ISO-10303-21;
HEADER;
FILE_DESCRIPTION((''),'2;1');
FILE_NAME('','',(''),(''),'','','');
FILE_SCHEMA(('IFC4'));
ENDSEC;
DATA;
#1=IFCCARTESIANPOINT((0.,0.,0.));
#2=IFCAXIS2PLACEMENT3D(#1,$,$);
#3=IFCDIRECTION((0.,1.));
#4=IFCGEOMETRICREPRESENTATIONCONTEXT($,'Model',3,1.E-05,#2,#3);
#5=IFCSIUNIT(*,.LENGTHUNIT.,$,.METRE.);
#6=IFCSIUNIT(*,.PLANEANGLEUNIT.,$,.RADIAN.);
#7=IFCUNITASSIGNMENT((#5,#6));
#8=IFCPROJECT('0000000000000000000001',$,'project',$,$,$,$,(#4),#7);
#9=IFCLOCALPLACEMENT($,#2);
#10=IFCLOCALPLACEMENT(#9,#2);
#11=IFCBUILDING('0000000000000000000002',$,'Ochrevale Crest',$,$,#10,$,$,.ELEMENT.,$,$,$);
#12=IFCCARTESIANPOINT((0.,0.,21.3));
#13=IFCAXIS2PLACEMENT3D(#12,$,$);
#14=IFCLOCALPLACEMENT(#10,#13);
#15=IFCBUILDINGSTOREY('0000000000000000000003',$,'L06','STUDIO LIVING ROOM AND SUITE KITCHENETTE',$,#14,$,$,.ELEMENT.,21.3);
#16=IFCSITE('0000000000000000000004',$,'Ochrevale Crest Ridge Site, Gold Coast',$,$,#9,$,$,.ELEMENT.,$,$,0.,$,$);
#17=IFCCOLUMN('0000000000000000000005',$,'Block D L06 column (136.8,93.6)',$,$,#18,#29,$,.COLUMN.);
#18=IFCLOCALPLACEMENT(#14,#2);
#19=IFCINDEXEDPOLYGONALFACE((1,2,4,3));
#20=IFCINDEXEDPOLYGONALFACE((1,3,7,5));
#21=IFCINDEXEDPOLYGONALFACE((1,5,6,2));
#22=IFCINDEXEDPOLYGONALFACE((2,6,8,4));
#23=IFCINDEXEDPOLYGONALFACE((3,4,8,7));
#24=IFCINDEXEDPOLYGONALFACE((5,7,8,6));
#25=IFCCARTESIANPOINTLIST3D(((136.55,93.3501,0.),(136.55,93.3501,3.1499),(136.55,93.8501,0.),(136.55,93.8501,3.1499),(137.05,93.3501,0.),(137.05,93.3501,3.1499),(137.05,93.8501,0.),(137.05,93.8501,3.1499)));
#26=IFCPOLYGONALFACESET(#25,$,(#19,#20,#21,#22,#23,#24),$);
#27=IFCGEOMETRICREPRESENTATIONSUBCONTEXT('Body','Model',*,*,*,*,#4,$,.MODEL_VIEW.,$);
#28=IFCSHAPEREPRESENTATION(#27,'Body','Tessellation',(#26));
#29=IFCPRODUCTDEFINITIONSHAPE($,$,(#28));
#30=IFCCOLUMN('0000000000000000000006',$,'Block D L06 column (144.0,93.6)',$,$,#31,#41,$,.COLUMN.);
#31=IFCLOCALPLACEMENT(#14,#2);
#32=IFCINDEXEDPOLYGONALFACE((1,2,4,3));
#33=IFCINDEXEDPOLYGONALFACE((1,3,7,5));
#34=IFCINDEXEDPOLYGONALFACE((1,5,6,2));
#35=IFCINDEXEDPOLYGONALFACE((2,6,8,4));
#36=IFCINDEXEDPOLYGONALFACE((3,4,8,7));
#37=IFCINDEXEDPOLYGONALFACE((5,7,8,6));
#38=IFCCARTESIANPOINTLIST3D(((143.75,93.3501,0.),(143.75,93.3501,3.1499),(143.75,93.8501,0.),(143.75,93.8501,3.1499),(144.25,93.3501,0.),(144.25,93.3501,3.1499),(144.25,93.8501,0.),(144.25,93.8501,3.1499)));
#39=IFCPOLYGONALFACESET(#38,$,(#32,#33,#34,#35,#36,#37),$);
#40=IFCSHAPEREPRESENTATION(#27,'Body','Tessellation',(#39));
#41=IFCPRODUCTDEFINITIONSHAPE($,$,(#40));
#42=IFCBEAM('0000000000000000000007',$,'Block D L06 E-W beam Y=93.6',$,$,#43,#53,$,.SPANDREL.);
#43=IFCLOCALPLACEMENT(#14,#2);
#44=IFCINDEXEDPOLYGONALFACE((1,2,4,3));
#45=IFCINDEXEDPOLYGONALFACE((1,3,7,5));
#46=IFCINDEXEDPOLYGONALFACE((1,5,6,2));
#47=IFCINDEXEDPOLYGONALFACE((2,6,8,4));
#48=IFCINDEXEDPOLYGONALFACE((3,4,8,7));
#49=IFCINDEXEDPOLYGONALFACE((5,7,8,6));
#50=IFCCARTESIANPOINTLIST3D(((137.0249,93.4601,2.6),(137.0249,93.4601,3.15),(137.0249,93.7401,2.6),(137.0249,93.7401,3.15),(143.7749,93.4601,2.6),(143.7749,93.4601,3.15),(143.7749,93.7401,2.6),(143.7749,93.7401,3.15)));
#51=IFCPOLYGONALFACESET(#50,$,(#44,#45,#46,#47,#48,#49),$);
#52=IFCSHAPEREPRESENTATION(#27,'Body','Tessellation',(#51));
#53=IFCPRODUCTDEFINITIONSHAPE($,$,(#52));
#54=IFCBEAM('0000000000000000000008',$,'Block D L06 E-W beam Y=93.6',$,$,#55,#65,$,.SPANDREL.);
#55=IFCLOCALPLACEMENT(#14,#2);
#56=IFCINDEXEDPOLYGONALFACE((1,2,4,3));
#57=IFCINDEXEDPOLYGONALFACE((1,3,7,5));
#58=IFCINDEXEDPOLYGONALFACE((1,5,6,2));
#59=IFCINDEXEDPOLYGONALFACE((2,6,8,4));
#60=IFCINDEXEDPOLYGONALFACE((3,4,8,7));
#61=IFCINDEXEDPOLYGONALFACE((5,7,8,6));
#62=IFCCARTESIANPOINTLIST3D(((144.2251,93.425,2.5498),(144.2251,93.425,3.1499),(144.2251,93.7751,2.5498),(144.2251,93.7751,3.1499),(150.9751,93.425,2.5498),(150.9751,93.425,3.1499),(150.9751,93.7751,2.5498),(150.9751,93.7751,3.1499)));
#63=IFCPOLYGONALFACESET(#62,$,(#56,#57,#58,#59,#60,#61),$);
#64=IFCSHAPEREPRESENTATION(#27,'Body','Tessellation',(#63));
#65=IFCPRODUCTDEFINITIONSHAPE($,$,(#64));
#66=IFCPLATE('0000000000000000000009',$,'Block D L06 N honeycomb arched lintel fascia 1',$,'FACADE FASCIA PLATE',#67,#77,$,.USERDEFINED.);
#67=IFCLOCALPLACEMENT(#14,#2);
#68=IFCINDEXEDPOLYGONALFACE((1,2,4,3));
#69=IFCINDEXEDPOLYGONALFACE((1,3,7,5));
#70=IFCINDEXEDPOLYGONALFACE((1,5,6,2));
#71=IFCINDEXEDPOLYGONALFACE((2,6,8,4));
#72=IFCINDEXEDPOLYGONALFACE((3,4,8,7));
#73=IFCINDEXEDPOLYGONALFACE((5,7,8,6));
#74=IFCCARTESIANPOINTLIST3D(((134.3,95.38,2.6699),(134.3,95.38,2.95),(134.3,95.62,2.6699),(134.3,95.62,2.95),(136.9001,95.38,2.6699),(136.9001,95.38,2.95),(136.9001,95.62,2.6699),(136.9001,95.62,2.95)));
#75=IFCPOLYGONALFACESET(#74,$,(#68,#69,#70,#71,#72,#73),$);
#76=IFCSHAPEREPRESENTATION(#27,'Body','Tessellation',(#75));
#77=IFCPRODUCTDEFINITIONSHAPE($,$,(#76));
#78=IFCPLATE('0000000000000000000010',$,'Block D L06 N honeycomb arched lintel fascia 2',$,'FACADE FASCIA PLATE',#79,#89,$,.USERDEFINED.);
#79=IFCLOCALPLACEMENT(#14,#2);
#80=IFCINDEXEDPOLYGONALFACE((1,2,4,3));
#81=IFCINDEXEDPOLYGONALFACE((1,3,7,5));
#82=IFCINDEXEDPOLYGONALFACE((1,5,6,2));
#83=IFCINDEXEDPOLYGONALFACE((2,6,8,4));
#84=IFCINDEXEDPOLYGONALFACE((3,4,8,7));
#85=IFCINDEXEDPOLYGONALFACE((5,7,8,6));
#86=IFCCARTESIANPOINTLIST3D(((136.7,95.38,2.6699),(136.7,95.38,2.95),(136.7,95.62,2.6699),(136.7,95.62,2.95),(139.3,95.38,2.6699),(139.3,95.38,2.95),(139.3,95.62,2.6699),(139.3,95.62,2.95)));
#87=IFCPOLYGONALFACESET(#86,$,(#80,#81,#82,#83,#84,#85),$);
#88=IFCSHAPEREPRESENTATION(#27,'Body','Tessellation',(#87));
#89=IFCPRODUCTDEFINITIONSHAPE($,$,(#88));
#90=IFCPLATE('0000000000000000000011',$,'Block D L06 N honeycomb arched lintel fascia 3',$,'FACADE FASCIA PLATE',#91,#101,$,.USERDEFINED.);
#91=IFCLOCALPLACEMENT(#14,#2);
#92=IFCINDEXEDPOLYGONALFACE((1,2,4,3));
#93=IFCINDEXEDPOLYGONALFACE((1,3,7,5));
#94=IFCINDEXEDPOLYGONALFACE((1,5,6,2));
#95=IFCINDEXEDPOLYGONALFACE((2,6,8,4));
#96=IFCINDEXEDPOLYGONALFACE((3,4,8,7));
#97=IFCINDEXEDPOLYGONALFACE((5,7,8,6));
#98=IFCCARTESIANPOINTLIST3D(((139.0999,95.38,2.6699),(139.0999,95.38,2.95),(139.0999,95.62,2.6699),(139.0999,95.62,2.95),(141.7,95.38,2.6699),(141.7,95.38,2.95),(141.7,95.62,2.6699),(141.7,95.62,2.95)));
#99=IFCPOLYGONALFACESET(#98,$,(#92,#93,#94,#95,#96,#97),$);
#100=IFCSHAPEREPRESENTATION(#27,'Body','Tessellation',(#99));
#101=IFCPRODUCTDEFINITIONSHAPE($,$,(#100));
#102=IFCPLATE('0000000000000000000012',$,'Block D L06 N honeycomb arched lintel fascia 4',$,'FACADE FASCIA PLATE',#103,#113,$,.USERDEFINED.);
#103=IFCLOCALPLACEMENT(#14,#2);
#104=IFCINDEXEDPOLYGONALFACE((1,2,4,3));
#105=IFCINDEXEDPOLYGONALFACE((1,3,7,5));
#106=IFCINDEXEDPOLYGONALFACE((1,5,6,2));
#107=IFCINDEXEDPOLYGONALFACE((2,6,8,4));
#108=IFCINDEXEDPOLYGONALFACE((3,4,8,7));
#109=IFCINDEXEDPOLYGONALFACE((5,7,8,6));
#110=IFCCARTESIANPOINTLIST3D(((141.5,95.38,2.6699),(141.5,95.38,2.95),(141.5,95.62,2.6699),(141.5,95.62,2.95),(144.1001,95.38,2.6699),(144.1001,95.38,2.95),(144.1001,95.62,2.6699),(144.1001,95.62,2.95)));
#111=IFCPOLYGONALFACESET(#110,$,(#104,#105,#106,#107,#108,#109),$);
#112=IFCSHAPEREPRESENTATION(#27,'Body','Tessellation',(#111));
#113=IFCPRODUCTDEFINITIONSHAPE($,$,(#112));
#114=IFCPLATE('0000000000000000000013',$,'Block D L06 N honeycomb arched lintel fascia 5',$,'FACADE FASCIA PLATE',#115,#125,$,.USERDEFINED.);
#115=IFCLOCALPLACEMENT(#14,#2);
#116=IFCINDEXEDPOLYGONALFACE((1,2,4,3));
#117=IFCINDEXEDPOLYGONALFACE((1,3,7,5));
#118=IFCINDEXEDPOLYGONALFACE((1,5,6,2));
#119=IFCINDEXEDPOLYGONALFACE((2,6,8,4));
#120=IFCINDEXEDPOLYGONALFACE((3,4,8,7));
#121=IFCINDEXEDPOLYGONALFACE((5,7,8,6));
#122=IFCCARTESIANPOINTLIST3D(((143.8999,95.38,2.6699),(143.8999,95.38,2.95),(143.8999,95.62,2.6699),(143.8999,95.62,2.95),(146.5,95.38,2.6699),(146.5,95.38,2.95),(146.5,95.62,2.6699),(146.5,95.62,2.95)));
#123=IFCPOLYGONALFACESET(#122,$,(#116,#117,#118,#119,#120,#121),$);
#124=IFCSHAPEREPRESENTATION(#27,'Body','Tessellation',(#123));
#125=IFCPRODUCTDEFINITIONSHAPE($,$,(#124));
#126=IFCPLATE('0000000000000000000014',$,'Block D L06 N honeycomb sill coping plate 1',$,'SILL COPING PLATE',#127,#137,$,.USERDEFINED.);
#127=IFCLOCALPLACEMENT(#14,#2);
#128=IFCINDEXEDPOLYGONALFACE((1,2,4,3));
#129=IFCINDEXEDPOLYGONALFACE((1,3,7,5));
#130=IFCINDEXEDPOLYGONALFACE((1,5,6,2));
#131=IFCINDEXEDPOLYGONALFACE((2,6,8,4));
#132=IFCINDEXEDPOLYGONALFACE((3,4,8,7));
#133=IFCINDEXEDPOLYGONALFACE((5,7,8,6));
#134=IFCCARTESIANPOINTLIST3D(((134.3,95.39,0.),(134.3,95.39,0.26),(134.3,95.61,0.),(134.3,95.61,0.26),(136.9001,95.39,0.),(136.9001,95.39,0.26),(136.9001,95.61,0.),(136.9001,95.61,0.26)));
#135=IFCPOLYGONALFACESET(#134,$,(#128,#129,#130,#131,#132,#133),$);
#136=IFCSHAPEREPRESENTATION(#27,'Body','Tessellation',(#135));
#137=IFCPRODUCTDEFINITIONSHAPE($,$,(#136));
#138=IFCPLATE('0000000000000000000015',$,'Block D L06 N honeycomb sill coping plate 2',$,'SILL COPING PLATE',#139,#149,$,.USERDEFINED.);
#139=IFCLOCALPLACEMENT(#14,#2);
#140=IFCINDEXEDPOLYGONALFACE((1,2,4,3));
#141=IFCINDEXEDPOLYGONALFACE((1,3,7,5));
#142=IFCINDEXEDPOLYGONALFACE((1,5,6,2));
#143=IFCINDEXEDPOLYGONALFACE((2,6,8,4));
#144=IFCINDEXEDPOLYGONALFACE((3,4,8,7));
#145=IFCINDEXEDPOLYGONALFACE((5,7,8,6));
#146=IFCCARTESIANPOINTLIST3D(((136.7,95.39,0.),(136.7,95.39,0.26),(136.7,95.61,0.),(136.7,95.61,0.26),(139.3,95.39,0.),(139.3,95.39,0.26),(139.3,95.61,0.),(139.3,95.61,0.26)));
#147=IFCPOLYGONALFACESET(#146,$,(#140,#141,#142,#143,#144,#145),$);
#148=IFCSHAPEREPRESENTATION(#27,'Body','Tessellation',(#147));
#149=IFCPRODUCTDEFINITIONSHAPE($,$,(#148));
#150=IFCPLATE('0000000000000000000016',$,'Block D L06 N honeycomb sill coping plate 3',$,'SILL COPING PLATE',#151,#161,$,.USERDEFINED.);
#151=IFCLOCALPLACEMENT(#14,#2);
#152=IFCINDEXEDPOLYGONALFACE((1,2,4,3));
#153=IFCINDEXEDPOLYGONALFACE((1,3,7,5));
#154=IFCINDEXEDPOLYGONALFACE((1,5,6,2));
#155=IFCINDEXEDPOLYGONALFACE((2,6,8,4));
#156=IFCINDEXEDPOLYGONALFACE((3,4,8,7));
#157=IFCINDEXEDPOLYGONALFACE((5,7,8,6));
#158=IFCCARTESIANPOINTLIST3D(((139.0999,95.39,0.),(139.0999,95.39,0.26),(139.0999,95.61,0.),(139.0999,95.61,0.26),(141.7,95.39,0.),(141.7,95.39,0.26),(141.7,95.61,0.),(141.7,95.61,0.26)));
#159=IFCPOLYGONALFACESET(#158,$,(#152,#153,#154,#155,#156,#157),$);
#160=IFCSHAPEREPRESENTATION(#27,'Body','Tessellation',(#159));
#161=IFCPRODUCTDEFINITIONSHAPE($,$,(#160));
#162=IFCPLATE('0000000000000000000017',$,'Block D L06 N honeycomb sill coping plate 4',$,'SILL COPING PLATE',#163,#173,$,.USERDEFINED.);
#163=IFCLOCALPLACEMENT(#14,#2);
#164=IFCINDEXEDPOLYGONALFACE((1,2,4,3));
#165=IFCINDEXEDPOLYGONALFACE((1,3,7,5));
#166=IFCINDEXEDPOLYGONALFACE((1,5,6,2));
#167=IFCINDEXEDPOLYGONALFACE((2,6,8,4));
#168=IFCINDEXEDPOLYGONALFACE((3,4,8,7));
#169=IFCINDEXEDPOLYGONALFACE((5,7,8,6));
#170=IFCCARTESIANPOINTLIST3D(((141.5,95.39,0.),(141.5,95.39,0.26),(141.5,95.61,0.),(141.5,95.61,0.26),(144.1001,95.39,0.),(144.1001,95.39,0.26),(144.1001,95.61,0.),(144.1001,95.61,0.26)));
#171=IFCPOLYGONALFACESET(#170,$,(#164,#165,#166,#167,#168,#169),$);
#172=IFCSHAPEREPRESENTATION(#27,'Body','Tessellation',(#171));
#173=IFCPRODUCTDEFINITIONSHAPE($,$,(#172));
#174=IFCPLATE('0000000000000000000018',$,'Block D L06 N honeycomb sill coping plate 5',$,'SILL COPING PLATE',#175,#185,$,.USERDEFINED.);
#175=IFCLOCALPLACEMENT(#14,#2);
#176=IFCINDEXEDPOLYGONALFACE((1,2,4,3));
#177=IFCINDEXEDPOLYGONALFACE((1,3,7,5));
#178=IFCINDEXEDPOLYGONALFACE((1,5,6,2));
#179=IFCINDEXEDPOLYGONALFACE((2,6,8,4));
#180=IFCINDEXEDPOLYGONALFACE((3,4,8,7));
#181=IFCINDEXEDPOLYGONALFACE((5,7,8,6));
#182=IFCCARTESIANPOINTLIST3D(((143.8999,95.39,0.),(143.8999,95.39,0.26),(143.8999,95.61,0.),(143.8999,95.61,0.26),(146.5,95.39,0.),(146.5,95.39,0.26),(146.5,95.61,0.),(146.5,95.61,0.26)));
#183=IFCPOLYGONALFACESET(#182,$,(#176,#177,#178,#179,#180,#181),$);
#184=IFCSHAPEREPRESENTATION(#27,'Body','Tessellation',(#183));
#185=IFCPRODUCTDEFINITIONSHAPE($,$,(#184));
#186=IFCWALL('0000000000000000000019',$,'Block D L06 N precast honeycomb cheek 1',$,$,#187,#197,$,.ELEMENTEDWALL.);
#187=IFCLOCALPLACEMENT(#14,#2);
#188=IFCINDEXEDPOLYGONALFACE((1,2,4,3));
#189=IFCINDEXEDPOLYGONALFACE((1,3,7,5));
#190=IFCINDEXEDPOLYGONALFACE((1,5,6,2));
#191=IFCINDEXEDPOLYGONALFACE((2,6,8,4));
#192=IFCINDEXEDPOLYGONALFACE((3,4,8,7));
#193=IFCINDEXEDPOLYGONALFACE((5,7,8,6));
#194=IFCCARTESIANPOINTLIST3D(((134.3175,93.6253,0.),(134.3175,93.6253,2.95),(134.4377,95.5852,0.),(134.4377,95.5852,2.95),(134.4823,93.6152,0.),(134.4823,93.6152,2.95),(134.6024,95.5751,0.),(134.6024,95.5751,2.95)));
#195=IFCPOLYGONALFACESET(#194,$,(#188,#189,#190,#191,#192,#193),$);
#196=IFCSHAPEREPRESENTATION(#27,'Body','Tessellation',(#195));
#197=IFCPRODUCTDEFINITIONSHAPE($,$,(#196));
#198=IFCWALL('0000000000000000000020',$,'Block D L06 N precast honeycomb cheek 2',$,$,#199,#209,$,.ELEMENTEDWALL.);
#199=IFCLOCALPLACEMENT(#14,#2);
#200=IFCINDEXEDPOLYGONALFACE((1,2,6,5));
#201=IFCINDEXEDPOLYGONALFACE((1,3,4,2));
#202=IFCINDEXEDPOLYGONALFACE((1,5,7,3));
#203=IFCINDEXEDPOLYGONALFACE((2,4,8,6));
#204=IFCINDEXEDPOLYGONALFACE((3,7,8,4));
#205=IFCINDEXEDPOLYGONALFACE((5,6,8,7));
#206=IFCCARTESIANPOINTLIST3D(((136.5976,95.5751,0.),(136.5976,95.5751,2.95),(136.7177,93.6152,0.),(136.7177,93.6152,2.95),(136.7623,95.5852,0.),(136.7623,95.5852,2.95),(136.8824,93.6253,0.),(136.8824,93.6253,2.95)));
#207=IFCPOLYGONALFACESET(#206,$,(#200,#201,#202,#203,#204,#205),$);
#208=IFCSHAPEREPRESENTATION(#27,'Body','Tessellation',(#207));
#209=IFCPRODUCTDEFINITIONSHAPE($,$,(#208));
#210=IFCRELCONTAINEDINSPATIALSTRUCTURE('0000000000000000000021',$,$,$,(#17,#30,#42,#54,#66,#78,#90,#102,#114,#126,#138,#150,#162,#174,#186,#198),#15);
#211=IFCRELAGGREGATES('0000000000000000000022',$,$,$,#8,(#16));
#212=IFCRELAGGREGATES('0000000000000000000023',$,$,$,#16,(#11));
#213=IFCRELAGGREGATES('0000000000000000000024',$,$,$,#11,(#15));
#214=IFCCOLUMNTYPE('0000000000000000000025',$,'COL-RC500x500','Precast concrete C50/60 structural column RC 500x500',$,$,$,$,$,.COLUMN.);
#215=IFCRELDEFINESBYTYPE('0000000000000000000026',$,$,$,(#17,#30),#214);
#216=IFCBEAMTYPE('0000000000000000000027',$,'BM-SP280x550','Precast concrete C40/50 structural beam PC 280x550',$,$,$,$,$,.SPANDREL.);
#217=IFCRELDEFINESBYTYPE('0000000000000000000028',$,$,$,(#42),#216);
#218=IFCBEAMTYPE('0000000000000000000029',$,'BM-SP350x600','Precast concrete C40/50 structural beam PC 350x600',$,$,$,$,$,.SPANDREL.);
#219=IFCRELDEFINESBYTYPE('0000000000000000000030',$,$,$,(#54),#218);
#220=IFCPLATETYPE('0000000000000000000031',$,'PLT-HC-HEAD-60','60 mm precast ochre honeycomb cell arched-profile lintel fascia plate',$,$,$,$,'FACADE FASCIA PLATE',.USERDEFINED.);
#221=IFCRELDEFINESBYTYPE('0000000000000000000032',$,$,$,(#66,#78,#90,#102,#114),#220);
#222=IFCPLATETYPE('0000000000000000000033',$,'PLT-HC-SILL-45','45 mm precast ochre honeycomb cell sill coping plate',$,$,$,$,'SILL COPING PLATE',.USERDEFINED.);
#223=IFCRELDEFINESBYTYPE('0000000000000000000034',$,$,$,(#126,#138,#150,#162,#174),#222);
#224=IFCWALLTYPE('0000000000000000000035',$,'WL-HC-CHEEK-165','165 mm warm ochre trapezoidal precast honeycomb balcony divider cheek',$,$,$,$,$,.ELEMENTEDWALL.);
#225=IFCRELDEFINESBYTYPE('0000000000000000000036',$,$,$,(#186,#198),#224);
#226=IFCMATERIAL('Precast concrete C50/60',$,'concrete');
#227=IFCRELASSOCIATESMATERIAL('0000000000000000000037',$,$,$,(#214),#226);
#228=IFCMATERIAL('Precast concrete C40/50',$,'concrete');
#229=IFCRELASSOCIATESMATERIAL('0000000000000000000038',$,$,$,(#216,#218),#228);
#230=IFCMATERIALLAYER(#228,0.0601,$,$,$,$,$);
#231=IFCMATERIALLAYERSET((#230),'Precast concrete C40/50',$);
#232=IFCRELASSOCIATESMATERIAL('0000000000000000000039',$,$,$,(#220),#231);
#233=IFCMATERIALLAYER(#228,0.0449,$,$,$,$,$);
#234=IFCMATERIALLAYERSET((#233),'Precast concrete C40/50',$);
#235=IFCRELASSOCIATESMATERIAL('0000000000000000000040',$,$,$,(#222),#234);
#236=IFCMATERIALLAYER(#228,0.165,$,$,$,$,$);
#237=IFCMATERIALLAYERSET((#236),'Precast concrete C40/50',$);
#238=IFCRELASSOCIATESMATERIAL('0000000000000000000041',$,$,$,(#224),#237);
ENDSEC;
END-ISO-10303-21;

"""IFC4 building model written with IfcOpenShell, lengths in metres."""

from ifc_helpers import new_model, si_unit, direction, frame, frame_2d, origin, origin_2d, place, context, subcontext, project, spatial, rectangle, extrude, material, layer, layer_set, material_profile, profile_set, type_object, element, save


model = new_model("IFC4")

# Units and contexts
model_context = context("Model", 3, precision=1e-05, world=origin(), true_north=direction((0.0, 1.0)))
body_context = subcontext(model_context, "Body", "Model", "MODEL_VIEW")
ifc_project = project(units=[si_unit("LENGTHUNIT", "METRE"), si_unit("PLANEANGLEUNIT", "RADIAN")], contexts=[model_context])

# Site, building, storey
site_placement = place(None, origin())
site = spatial("IfcSite", under=ifc_project, at=site_placement, Name="Ochrevale Crest Ridge Site, Gold Coast", CompositionType="ELEMENT", RefElevation=0.0)
building_placement = place(site_placement, origin())
building = spatial("IfcBuilding", under=site, at=building_placement, Name="Ochrevale Crest", CompositionType="ELEMENT")
storey_placement = place(building_placement, frame((0.0, 0.0, 21.3)))
storey = spatial("IfcBuildingStorey", under=building, at=storey_placement, Name="L06", Description="STUDIO LIVING ROOM AND SUITE KITCHENETTE", CompositionType="ELEMENT", Elevation=21.3)

# Columns
ifc_material_1 = material(Name="Precast concrete C50/60", Category="concrete")
ifc_material_profile_1 = material_profile(ifc_material_1, rectangle(XDim=0.5, YDim=0.5, at=origin_2d()), Name="RC 500x500")
ifc_profile_set_1 = profile_set([ifc_material_profile_1], Name="Precast concrete C50/60")
column_type = type_object("IfcColumnType", Name="COL-RC500x500", Description="Precast concrete C50/60 structural column RC 500x500", PredefinedType="COLUMN", material=ifc_profile_set_1)
for number, where, z_axis, x_axis, name in (
    (1, (136.8, 93.6001, 0.0), (0.0, 0.0, 1.0), (1.0, 0.0, 0.0), "Block D L06 column (136.8,93.6)"),
    (2, (144.0, 93.6001, 0.0), (0.0, 0.0, 1.0), (1.0, 0.0, 0.0), "Block D L06 column (144.0,93.6)"),
):
    element("IfcColumn", number, at=place(storey_placement, frame(where, z_axis=z_axis, x_axis=x_axis)), inside=storey, type_object=column_type, Name=name, PredefinedType="COLUMN", context=body_context, shape_type="SweptSolid", body=[
        extrude(rectangle(XDim=0.5, YDim=0.5, at=origin_2d()), origin(), (0.0, 0.0, 1.0), 3.1499),
    ])

# Beams
ifc_material_2 = material(Name="Precast concrete C40/50", Category="concrete")
ifc_material_profile_2 = material_profile(ifc_material_2, rectangle(XDim=0.28, YDim=0.55, at=origin_2d()), Name="PC 280x550")
ifc_profile_set_2 = profile_set([ifc_material_profile_2], Name="Precast concrete C40/50")
beam_type_1 = type_object("IfcBeamType", Name="BM-SP280x550", Description="Precast concrete C40/50 structural beam PC 280x550", PredefinedType="SPANDREL", material=ifc_profile_set_2)
beam_1_placement = place(storey_placement, frame((137.0249, 93.6001, 2.875), z_axis=(1.0, 0.0, 0.0), x_axis=(0.0, 1.0, 0.0)))
element("IfcBeam", 3, at=beam_1_placement, inside=storey, type_object=beam_type_1, Name="Block D L06 E-W beam Y=93.6", PredefinedType="SPANDREL", context=body_context, shape_type="SweptSolid", body=[
    extrude(rectangle(XDim=0.28, YDim=0.55, at=origin_2d()), origin(), (0.0, 0.0, 1.0), 6.75),
])
ifc_material_profile_3 = material_profile(ifc_material_2, rectangle(XDim=0.3501, YDim=0.6001, at=origin_2d()), Name="PC 350x600")
ifc_profile_set_3 = profile_set([ifc_material_profile_3], Name="Precast concrete C40/50")
beam_type_2 = type_object("IfcBeamType", Name="BM-SP350x600", Description="Precast concrete C40/50 structural beam PC 350x600", PredefinedType="SPANDREL", material=ifc_profile_set_3)
beam_2_placement = place(storey_placement, frame((144.2251, 93.6001, 2.8499), z_axis=(1.0, 0.0, 0.0), x_axis=(0.0, 1.0, 0.0)))
element("IfcBeam", 4, at=beam_2_placement, inside=storey, type_object=beam_type_2, Name="Block D L06 E-W beam Y=93.6", PredefinedType="SPANDREL", context=body_context, shape_type="SweptSolid", body=[
    extrude(rectangle(XDim=0.3501, YDim=0.6001, at=origin_2d()), origin(), (0.0, 0.0, 1.0), 6.75),
])

# Plates
ifc_layer_1 = layer(ifc_material_2, 0.0601)
ifc_layer_set_1 = layer_set([ifc_layer_1], Name="Precast concrete C40/50")
plate_type_1 = type_object("IfcPlateType", Name="PLT-HC-HEAD-60", Description="60 mm precast ochre honeycomb cell arched-profile lintel fascia plate", ElementType="FACADE FASCIA PLATE", PredefinedType="USERDEFINED", material=ifc_layer_set_1)
for number, where, z_axis, x_axis, name in (
    (5, (135.6001, 95.5, 2.6699), (0.0, 0.0, 1.0), (1.0, 0.0, 0.0), "Block D L06 N honeycomb arched lintel fascia 1"),
    (6, (138.0, 95.5, 2.6699), (0.0, 0.0, 1.0), (1.0, 0.0, 0.0), "Block D L06 N honeycomb arched lintel fascia 2"),
    (7, (140.3999, 95.5, 2.6699), (0.0, 0.0, 1.0), (1.0, 0.0, 0.0), "Block D L06 N honeycomb arched lintel fascia 3"),
    (8, (142.8, 95.5, 2.6699), (0.0, 0.0, 1.0), (1.0, 0.0, 0.0), "Block D L06 N honeycomb arched lintel fascia 4"),
    (9, (145.2, 95.5, 2.6699), (0.0, 0.0, 1.0), (1.0, 0.0, 0.0), "Block D L06 N honeycomb arched lintel fascia 5"),
):
    element("IfcPlate", number, at=place(storey_placement, frame(where, z_axis=z_axis, x_axis=x_axis)), inside=storey, type_object=plate_type_1, Name=name, ObjectType="FACADE FASCIA PLATE", PredefinedType="USERDEFINED", context=body_context, shape_type="SweptSolid", body=[
        extrude(rectangle(XDim=2.6001, YDim=0.24, at=origin_2d()), origin(), (0.0, 0.0, 1.0), 0.28),
    ])
ifc_layer_2 = layer(ifc_material_2, 0.0449)
ifc_layer_set_2 = layer_set([ifc_layer_2], Name="Precast concrete C40/50")
plate_type_2 = type_object("IfcPlateType", Name="PLT-HC-SILL-45", Description="45 mm precast ochre honeycomb cell sill coping plate", ElementType="SILL COPING PLATE", PredefinedType="USERDEFINED", material=ifc_layer_set_2)
for number, where, z_axis, x_axis, name in (
    (10, (135.6001, 95.5, 0.0), (0.0, 0.0, 1.0), (1.0, 0.0, 0.0), "Block D L06 N honeycomb sill coping plate 1"),
    (11, (138.0, 95.5, 0.0), (0.0, 0.0, 1.0), (1.0, 0.0, 0.0), "Block D L06 N honeycomb sill coping plate 2"),
    (12, (140.3999, 95.5, 0.0), (0.0, 0.0, 1.0), (1.0, 0.0, 0.0), "Block D L06 N honeycomb sill coping plate 3"),
    (13, (142.8, 95.5, 0.0), (0.0, 0.0, 1.0), (1.0, 0.0, 0.0), "Block D L06 N honeycomb sill coping plate 4"),
    (14, (145.2, 95.5, 0.0), (0.0, 0.0, 1.0), (1.0, 0.0, 0.0), "Block D L06 N honeycomb sill coping plate 5"),
):
    element("IfcPlate", number, at=place(storey_placement, frame(where, z_axis=z_axis, x_axis=x_axis)), inside=storey, type_object=plate_type_2, Name=name, ObjectType="SILL COPING PLATE", PredefinedType="USERDEFINED", context=body_context, shape_type="SweptSolid", body=[
        extrude(rectangle(XDim=2.6001, YDim=0.22, at=origin_2d()), origin(), (0.0, 0.0, 1.0), 0.26),
    ])

# Walls
ifc_layer_3 = layer(ifc_material_2, 0.165)
ifc_layer_set_3 = layer_set([ifc_layer_3], Name="Precast concrete C40/50")
wall_type_1 = type_object("IfcWallType", Name="WL-HC-CHEEK-165", Description="165 mm warm ochre trapezoidal precast honeycomb balcony divider cheek", PredefinedType="ELEMENTEDWALL", material=ifc_layer_set_3)
for number, where, z_axis, x_axis, name in (
    (15, (134.3999, 93.6201, 0.0), (0.0, 0.0, 1.0), (0.061171, 0.998127, 0.0), "Block D L06 N precast honeycomb cheek 1"),
    (16, (136.8, 93.6201, 0.0), (0.0, 0.0, 1.0), (-0.061171, 0.998127, 0.0), "Block D L06 N precast honeycomb cheek 2"),
):
    element("IfcWall", number, at=place(storey_placement, frame(where, z_axis=z_axis, x_axis=x_axis)), inside=storey, type_object=wall_type_1, Name=name, PredefinedType="ELEMENTEDWALL", context=body_context, shape_type="SweptSolid", body=[
        extrude(rectangle(XDim=1.9636, YDim=0.165, at=frame_2d((0.9819, 0.0))), origin(), (0.0, 0.0, 1.0), 2.95),
    ])

save(model, "model.ifc")
